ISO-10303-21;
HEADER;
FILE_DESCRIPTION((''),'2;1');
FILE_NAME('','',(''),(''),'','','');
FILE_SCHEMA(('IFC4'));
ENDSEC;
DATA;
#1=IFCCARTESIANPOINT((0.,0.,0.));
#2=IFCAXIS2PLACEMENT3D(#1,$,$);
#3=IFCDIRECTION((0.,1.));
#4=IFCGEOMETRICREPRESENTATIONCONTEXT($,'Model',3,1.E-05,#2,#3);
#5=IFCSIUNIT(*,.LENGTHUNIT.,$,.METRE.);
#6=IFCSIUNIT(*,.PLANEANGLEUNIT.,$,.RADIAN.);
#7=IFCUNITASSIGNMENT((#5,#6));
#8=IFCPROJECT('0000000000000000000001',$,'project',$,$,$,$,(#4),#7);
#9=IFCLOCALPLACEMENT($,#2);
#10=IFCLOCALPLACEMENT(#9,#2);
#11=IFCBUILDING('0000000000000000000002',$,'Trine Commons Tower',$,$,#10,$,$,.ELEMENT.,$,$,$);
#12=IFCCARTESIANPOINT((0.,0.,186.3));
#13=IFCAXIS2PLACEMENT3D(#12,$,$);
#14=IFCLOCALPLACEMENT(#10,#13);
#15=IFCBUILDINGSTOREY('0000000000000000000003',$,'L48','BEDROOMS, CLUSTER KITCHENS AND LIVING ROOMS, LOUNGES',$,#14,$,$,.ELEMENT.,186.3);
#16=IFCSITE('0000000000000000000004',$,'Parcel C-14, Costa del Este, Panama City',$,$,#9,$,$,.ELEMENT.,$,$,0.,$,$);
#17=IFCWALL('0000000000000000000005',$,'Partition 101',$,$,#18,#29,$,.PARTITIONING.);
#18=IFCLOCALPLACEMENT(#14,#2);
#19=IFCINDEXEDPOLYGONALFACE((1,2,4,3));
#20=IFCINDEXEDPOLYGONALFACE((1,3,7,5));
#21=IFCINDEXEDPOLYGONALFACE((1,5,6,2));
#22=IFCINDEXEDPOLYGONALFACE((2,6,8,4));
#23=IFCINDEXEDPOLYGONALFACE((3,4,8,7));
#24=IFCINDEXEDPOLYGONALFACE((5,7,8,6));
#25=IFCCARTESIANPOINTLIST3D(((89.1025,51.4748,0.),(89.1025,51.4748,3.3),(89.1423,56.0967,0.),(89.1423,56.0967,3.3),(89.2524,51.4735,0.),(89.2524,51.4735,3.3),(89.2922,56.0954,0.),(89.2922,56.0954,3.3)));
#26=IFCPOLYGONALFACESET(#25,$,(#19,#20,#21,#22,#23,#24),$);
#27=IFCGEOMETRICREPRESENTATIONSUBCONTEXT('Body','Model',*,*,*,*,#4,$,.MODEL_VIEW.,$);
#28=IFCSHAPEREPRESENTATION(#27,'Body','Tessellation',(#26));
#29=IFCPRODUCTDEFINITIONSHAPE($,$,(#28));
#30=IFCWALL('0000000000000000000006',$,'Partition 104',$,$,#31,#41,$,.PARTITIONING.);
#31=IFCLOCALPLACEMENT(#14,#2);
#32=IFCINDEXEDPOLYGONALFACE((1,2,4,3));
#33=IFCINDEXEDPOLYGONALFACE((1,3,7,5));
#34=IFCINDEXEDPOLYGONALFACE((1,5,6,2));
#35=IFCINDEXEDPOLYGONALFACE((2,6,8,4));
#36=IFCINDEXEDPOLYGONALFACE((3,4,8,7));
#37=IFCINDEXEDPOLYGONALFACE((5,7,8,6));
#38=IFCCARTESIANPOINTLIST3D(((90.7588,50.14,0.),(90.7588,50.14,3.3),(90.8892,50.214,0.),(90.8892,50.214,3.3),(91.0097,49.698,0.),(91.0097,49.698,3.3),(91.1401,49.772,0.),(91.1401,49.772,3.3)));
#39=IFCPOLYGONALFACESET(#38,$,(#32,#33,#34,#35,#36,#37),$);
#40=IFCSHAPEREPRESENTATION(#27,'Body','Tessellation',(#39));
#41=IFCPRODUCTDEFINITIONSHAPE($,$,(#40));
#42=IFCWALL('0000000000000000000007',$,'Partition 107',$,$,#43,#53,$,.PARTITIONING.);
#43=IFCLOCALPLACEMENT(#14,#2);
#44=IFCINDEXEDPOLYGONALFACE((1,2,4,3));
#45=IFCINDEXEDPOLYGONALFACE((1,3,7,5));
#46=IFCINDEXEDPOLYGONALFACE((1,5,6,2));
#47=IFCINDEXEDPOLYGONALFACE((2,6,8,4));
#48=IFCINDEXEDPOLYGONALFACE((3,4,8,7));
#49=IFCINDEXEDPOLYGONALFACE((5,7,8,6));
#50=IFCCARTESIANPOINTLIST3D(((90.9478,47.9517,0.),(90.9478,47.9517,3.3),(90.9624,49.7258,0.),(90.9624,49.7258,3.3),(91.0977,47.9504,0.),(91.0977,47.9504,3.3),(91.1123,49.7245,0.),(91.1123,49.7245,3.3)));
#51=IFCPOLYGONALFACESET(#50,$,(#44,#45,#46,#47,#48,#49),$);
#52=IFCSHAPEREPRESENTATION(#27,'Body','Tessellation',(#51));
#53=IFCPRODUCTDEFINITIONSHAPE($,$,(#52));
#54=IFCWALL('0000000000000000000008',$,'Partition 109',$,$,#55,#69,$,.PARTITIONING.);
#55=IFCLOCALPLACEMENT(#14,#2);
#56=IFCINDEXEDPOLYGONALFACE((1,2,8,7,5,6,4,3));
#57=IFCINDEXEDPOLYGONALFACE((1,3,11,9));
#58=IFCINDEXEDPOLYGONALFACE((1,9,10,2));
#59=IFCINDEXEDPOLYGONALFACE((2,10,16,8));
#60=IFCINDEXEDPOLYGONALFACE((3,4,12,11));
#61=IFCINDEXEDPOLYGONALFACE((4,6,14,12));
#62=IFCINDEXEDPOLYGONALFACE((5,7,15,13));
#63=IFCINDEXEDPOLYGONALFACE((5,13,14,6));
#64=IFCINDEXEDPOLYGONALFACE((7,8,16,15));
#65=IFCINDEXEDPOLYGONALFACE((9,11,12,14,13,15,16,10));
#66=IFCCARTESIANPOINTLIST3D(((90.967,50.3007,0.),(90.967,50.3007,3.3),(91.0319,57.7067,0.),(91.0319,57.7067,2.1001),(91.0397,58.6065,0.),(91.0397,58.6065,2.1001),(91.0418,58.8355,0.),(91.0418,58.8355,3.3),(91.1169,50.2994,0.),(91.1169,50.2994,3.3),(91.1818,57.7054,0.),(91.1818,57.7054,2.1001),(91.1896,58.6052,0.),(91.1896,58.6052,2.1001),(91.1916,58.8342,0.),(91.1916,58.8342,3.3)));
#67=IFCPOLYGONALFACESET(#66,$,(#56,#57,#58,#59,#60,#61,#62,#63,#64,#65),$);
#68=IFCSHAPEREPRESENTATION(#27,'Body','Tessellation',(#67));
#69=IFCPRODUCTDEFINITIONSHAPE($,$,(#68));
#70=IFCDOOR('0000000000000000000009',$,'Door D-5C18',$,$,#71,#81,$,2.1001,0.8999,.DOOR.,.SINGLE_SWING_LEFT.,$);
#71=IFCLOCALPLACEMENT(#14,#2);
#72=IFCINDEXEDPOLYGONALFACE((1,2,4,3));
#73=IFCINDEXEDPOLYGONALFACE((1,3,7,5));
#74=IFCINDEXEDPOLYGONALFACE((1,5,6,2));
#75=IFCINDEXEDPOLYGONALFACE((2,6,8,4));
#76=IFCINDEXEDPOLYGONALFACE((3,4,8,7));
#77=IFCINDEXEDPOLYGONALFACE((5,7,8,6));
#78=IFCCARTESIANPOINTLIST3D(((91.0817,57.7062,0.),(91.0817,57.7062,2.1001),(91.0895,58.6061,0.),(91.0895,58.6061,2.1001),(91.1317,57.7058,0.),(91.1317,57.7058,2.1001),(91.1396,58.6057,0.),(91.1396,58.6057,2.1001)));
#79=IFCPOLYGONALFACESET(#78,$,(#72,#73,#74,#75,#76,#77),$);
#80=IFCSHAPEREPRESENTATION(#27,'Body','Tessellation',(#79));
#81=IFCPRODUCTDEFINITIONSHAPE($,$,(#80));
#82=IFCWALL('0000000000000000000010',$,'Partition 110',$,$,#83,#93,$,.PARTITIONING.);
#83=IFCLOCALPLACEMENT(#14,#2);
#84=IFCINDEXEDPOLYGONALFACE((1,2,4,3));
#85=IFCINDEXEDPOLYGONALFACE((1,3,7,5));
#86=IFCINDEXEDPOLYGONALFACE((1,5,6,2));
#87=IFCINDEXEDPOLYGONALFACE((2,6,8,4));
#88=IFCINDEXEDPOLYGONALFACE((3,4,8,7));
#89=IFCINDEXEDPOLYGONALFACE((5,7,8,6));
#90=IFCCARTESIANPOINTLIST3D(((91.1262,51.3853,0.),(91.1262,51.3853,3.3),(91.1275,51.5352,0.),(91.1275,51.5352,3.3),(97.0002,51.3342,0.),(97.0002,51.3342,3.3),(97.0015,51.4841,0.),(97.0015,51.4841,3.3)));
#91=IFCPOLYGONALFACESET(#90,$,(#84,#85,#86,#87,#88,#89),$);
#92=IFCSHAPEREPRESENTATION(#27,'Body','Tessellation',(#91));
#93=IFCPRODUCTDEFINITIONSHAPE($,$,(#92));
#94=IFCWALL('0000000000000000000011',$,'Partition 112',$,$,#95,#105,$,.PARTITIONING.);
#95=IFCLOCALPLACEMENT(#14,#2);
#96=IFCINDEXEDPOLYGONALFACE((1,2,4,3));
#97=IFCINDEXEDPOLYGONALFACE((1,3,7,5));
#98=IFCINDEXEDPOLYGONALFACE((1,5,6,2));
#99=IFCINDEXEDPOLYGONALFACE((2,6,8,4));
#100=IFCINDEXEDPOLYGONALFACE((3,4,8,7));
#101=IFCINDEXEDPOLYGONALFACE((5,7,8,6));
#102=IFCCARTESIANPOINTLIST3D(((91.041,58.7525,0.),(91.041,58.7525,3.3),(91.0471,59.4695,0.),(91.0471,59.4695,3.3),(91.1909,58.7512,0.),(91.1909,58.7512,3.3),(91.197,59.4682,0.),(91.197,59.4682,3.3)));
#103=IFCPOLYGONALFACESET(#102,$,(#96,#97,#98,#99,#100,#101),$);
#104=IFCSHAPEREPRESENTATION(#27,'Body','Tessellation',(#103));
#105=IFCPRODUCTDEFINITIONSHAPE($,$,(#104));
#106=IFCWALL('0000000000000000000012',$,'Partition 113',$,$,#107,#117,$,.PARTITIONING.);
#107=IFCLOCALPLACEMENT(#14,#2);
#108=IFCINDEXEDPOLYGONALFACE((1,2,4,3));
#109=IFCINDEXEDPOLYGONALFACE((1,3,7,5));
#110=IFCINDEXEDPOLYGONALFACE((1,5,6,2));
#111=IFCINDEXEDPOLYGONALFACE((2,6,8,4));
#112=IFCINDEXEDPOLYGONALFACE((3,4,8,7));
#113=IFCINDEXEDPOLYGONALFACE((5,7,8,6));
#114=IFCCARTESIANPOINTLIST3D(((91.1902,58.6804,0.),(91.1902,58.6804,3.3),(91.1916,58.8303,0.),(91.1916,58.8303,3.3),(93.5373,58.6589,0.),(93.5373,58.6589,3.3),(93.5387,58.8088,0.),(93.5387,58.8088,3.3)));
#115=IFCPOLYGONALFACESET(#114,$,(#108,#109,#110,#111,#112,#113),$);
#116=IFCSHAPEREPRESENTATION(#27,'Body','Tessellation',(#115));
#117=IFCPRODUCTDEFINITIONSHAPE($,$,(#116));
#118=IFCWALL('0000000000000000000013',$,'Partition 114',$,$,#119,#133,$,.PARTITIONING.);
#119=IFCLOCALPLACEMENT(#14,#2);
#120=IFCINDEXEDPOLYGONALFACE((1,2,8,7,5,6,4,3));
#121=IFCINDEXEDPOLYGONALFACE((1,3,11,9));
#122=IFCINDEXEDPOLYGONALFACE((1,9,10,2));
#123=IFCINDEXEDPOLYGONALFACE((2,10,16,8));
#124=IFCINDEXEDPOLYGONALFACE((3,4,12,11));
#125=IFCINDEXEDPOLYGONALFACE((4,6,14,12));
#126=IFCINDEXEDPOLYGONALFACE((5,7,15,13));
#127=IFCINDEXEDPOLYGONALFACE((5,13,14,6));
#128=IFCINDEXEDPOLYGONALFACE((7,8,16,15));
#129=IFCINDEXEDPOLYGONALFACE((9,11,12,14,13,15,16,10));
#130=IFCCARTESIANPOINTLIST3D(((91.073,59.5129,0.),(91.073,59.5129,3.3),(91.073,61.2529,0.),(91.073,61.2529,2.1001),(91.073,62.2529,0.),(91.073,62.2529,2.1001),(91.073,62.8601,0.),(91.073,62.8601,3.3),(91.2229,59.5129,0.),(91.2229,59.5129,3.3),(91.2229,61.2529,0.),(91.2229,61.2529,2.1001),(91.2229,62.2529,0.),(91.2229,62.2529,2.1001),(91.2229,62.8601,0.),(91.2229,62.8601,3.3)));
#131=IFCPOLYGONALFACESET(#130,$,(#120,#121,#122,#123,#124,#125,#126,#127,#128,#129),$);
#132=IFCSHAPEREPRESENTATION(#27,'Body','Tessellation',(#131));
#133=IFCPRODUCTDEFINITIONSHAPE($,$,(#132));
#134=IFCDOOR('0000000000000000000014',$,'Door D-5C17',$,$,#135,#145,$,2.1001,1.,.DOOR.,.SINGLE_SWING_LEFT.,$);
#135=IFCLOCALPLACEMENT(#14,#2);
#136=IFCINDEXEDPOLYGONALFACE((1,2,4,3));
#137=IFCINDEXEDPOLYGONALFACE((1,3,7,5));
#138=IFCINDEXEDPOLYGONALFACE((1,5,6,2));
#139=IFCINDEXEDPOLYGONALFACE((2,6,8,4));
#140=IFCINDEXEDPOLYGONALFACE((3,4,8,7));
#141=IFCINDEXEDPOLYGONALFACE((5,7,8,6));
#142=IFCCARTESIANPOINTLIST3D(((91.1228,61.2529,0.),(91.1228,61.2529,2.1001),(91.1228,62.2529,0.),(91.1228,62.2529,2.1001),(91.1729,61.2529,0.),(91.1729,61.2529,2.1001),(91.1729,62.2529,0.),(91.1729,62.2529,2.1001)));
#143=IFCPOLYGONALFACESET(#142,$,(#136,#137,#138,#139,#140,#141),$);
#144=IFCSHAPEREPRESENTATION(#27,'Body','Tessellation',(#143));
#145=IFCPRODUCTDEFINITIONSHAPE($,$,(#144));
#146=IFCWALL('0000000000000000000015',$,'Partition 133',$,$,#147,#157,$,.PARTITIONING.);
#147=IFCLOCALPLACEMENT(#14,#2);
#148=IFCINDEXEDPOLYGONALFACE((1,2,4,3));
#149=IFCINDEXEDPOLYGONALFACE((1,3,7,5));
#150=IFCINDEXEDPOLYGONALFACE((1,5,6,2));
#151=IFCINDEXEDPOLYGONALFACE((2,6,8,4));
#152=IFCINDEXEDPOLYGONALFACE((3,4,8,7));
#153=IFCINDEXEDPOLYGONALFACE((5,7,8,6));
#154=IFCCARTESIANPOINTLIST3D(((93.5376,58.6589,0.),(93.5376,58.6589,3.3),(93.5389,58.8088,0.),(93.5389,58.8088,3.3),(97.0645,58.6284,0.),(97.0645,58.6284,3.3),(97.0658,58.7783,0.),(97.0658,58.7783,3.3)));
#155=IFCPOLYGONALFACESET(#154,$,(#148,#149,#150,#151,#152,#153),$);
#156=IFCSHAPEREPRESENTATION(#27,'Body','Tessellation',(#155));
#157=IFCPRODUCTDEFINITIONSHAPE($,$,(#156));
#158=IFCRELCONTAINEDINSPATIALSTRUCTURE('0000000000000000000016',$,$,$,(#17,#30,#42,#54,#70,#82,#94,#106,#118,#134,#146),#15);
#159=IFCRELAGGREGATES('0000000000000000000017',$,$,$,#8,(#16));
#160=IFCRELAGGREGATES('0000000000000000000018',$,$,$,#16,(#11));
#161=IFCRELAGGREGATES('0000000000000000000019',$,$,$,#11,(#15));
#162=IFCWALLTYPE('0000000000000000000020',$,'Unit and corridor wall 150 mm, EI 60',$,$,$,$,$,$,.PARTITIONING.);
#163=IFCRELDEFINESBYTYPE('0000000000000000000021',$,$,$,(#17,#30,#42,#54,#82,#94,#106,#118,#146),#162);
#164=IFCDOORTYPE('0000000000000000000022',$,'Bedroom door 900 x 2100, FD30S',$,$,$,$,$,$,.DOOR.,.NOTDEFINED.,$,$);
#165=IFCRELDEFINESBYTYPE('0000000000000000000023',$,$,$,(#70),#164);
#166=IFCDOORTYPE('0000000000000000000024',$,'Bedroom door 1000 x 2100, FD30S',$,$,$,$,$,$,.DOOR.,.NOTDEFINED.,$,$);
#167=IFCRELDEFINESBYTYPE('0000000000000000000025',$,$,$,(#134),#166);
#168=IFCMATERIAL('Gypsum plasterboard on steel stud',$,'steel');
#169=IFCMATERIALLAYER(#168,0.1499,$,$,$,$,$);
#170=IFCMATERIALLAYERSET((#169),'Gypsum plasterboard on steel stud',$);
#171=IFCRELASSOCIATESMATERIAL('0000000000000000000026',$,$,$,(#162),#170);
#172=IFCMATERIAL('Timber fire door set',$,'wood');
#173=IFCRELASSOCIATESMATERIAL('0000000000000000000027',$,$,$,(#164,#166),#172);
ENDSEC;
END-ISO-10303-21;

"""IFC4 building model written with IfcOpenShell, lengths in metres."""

from ifc_helpers import new_model, si_unit, direction, frame, frame_2d, origin, place, context, subcontext, project, spatial, rectangle, extrude, material, layer, layer_set, type_object, element, fill, save


model = new_model("IFC4")

# Units and contexts
model_context = context("Model", 3, precision=1e-05, world=origin(), true_north=direction((0.0, 1.0)))
body_context = subcontext(model_context, "Body", "Model", "MODEL_VIEW")
ifc_project = project(units=[si_unit("LENGTHUNIT", "METRE"), si_unit("PLANEANGLEUNIT", "RADIAN")], contexts=[model_context])

# Site, building, storey
site_placement = place(None, origin())
site = spatial("IfcSite", under=ifc_project, at=site_placement, Name="Parcel C-14, Costa del Este, Panama City", CompositionType="ELEMENT", RefElevation=0.0)
building_placement = place(site_placement, origin())
building = spatial("IfcBuilding", under=site, at=building_placement, Name="Trine Commons Tower", CompositionType="ELEMENT")
storey_placement = place(building_placement, frame((0.0, 0.0, 186.3)))
storey = spatial("IfcBuildingStorey", under=building, at=storey_placement, Name="L48", Description="BEDROOMS, CLUSTER KITCHENS AND LIVING ROOMS, LOUNGES", CompositionType="ELEMENT", Elevation=186.3)

# Shared definitions
ifc_material_1 = material(Name="Gypsum plasterboard on steel stud", Category="steel")
ifc_layer_1 = layer(ifc_material_1, 0.1499)
ifc_layer_set_1 = layer_set([ifc_layer_1], Name="Gypsum plasterboard on steel stud")
wall_type_1 = type_object("IfcWallType", Name="Unit and corridor wall 150 mm, EI 60", PredefinedType="PARTITIONING", material=ifc_layer_set_1)

# Walls
wall_1_placement = place(storey_placement, frame((89.1775, 51.4741, 0.0), z_axis=(0.0, 0.0, 1.0), x_axis=(0.00861, 0.999963, 0.0)))
element("IfcWall", 1, at=wall_1_placement, inside=storey, type_object=wall_type_1, Name="Partition 101", PredefinedType="PARTITIONING", context=body_context, shape_type="SweptSolid", body=[
    extrude(rectangle(XDim=4.6221, YDim=0.1499, at=frame_2d((2.311, 0.0))), origin(), (0.0, 0.0, 1.0), 3.3),
])
wall_2_placement = place(storey_placement, frame((90.824, 50.177, 0.0), z_axis=(0.0, 0.0, 1.0), x_axis=(0.493655, -0.869658, 0.0)))
element("IfcWall", 2, at=wall_2_placement, inside=storey, type_object=wall_type_1, Name="Partition 104", PredefinedType="PARTITIONING", context=body_context, shape_type="SweptSolid", body=[
    extrude(rectangle(XDim=0.5083, YDim=0.1499, at=frame_2d((0.2542, 0.0))), origin(), (0.0, 0.0, 1.0), 3.3),
])
wall_3_placement = place(storey_placement, frame((91.0227, 47.9509, 0.0), z_axis=(0.0, 0.0, 1.0), x_axis=(0.008256, 0.999966, 0.0)))
element("IfcWall", 3, at=wall_3_placement, inside=storey, type_object=wall_type_1, Name="Partition 107", PredefinedType="PARTITIONING", context=body_context, shape_type="SweptSolid", body=[
    extrude(rectangle(XDim=1.7742, YDim=0.1499, at=frame_2d((0.8872, 0.0))), origin(), (0.0, 0.0, 1.0), 3.3),
])

# Wall, opening, door
wall_4_placement = place(storey_placement, frame((91.042, 50.3, 0.0), z_axis=(0.0, 0.0, 1.0), x_axis=(0.008753, 0.999962, 0.0)))
wall_4 = element("IfcWall", 4, at=wall_4_placement, inside=storey, type_object=wall_type_1, Name="Partition 109", PredefinedType="PARTITIONING", context=body_context, shape_type="SweptSolid", body=[
    extrude(rectangle(XDim=8.5352, YDim=0.1499, at=frame_2d((4.2676, 0.0))), origin(), (0.0, 0.0, 1.0), 3.3),
])
opening_1_placement = place(wall_4_placement, frame((7.4062, 0.0, 0.0)))
opening_1 = element("IfcOpeningElement", 5, at=opening_1_placement, cuts=wall_4, PredefinedType="OPENING", context=body_context, shape_type="SweptSolid", body=[
    extrude(rectangle(XDim=0.8999, YDim=2.1001, at=frame_2d((0.45, 1.05))), frame((0.0, 0.085, 0.0), z_axis=(0.0, -1.0, 0.0), x_axis=(1.0, 0.0, 0.0)), (0.0, 0.0, 1.0), 0.1699),
])
ifc_material_2 = material(Name="Timber fire door set", Category="wood")
door_type_1 = type_object("IfcDoorType", Name="Bedroom door 900 x 2100, FD30S", OperationType="NOTDEFINED", PredefinedType="DOOR", material=ifc_material_2)
door_1_placement = place(opening_1_placement, frame((0.8999, 0.0, 0.0), z_axis=(0.0, 0.0, 1.0), x_axis=(-1.0, 0.0, 0.0)))
door_1 = element("IfcDoor", 6, at=door_1_placement, inside=storey, type_object=door_type_1, Name="Door D-5C18", OperationType="SINGLE_SWING_LEFT", OverallHeight=2.1001, OverallWidth=0.8999, PredefinedType="DOOR", context=body_context, shape_type="SweptSolid", body=[
    extrude(rectangle(XDim=0.8999, YDim=2.1001, at=frame_2d((0.45, 1.05))), frame((0.0, 0.0249, 0.0), z_axis=(0.0, -1.0, 0.0), x_axis=(1.0, 0.0, 0.0)), (0.0, 0.0, 1.0), 0.05),
])
fill(opening_1, door_1)

# Walls
wall_5_placement = place(storey_placement, frame((91.127, 51.4602, 0.0), z_axis=(0.0, 0.0, 1.0), x_axis=(0.999962, -0.008686, 0.0)))
element("IfcWall", 7, at=wall_5_placement, inside=storey, type_object=wall_type_1, Name="Partition 110", PredefinedType="PARTITIONING", context=body_context, shape_type="SweptSolid", body=[
    extrude(rectangle(XDim=5.8743, YDim=0.1499, at=frame_2d((2.937, 0.0))), origin(), (0.0, 0.0, 1.0), 3.3),
])
wall_6_placement = place(storey_placement, frame((91.116, 58.752, 0.0), z_axis=(0.0, 0.0, 1.0), x_axis=(0.008512, 0.999964, 0.0)))
element("IfcWall", 8, at=wall_6_placement, inside=storey, type_object=wall_type_1, Name="Partition 112", PredefinedType="PARTITIONING", context=body_context, shape_type="SweptSolid", body=[
    extrude(rectangle(XDim=0.717, YDim=0.1499, at=frame_2d((0.3584, 0.0))), origin(), (0.0, 0.0, 1.0), 3.3),
])
wall_7_placement = place(storey_placement, frame((91.1909, 58.7554, 0.0), z_axis=(0.0, 0.0, 1.0), x_axis=(0.999958, -0.009153, 0.0)))
element("IfcWall", 9, at=wall_7_placement, inside=storey, type_object=wall_type_1, Name="Partition 113", PredefinedType="PARTITIONING", context=body_context, shape_type="SweptSolid", body=[
    extrude(rectangle(XDim=2.3472, YDim=0.1499, at=frame_2d((1.1736, 0.0))), origin(), (0.0, 0.0, 1.0), 3.3),
])

# Wall, opening, door
wall_8_placement = place(storey_placement, frame((91.1479, 59.5129, 0.0), z_axis=(0.0, 0.0, 1.0), x_axis=(0.0, 1.0, 0.0)))
wall_8 = element("IfcWall", 10, at=wall_8_placement, inside=storey, type_object=wall_type_1, Name="Partition 114", PredefinedType="PARTITIONING", context=body_context, shape_type="SweptSolid", body=[
    extrude(rectangle(XDim=3.3472, YDim=0.1499, at=frame_2d((1.6736, 0.0))), origin(), (0.0, 0.0, 1.0), 3.3),
])
opening_2_placement = place(wall_8_placement, frame((1.74, 0.0, 0.0)))
opening_2 = element("IfcOpeningElement", 11, at=opening_2_placement, cuts=wall_8, PredefinedType="OPENING", context=body_context, shape_type="SweptSolid", body=[
    extrude(rectangle(XDim=1.0, YDim=2.1001, at=frame_2d((0.5, 1.05))), frame((0.0, 0.085, 0.0), z_axis=(0.0, -1.0, 0.0), x_axis=(1.0, 0.0, 0.0)), (0.0, 0.0, 1.0), 0.1699),
])
door_type_2 = type_object("IfcDoorType", Name="Bedroom door 1000 x 2100, FD30S", OperationType="NOTDEFINED", PredefinedType="DOOR", material=ifc_material_2)
door_2_placement = place(opening_2_placement, frame((1.0, 0.0, 0.0), z_axis=(0.0, 0.0, 1.0), x_axis=(-1.0, 0.0, 0.0)))
door_2 = element("IfcDoor", 12, at=door_2_placement, inside=storey, type_object=door_type_2, Name="Door D-5C17", OperationType="SINGLE_SWING_LEFT", OverallHeight=2.1001, OverallWidth=1.0, PredefinedType="DOOR", context=body_context, shape_type="SweptSolid", body=[
    extrude(rectangle(XDim=1.0, YDim=2.1001, at=frame_2d((0.5, 1.05))), frame((0.0, 0.0249, 0.0), z_axis=(0.0, -1.0, 0.0), x_axis=(1.0, 0.0, 0.0)), (0.0, 0.0, 1.0), 0.05),
])
fill(opening_2, door_2)

# Wall
wall_9_placement = place(storey_placement, frame((93.5381, 58.7339, 0.0), z_axis=(0.0, 0.0, 1.0), x_axis=(0.999963, -0.008653, 0.0)))
element("IfcWall", 13, at=wall_9_placement, inside=storey, type_object=wall_type_1, Name="Partition 133", PredefinedType="PARTITIONING", context=body_context, shape_type="SweptSolid", body=[
    extrude(rectangle(XDim=3.5271, YDim=0.1499, at=frame_2d((1.7637, 0.0))), origin(), (0.0, 0.0, 1.0), 3.3),
])

save(model, "model.ifc")
